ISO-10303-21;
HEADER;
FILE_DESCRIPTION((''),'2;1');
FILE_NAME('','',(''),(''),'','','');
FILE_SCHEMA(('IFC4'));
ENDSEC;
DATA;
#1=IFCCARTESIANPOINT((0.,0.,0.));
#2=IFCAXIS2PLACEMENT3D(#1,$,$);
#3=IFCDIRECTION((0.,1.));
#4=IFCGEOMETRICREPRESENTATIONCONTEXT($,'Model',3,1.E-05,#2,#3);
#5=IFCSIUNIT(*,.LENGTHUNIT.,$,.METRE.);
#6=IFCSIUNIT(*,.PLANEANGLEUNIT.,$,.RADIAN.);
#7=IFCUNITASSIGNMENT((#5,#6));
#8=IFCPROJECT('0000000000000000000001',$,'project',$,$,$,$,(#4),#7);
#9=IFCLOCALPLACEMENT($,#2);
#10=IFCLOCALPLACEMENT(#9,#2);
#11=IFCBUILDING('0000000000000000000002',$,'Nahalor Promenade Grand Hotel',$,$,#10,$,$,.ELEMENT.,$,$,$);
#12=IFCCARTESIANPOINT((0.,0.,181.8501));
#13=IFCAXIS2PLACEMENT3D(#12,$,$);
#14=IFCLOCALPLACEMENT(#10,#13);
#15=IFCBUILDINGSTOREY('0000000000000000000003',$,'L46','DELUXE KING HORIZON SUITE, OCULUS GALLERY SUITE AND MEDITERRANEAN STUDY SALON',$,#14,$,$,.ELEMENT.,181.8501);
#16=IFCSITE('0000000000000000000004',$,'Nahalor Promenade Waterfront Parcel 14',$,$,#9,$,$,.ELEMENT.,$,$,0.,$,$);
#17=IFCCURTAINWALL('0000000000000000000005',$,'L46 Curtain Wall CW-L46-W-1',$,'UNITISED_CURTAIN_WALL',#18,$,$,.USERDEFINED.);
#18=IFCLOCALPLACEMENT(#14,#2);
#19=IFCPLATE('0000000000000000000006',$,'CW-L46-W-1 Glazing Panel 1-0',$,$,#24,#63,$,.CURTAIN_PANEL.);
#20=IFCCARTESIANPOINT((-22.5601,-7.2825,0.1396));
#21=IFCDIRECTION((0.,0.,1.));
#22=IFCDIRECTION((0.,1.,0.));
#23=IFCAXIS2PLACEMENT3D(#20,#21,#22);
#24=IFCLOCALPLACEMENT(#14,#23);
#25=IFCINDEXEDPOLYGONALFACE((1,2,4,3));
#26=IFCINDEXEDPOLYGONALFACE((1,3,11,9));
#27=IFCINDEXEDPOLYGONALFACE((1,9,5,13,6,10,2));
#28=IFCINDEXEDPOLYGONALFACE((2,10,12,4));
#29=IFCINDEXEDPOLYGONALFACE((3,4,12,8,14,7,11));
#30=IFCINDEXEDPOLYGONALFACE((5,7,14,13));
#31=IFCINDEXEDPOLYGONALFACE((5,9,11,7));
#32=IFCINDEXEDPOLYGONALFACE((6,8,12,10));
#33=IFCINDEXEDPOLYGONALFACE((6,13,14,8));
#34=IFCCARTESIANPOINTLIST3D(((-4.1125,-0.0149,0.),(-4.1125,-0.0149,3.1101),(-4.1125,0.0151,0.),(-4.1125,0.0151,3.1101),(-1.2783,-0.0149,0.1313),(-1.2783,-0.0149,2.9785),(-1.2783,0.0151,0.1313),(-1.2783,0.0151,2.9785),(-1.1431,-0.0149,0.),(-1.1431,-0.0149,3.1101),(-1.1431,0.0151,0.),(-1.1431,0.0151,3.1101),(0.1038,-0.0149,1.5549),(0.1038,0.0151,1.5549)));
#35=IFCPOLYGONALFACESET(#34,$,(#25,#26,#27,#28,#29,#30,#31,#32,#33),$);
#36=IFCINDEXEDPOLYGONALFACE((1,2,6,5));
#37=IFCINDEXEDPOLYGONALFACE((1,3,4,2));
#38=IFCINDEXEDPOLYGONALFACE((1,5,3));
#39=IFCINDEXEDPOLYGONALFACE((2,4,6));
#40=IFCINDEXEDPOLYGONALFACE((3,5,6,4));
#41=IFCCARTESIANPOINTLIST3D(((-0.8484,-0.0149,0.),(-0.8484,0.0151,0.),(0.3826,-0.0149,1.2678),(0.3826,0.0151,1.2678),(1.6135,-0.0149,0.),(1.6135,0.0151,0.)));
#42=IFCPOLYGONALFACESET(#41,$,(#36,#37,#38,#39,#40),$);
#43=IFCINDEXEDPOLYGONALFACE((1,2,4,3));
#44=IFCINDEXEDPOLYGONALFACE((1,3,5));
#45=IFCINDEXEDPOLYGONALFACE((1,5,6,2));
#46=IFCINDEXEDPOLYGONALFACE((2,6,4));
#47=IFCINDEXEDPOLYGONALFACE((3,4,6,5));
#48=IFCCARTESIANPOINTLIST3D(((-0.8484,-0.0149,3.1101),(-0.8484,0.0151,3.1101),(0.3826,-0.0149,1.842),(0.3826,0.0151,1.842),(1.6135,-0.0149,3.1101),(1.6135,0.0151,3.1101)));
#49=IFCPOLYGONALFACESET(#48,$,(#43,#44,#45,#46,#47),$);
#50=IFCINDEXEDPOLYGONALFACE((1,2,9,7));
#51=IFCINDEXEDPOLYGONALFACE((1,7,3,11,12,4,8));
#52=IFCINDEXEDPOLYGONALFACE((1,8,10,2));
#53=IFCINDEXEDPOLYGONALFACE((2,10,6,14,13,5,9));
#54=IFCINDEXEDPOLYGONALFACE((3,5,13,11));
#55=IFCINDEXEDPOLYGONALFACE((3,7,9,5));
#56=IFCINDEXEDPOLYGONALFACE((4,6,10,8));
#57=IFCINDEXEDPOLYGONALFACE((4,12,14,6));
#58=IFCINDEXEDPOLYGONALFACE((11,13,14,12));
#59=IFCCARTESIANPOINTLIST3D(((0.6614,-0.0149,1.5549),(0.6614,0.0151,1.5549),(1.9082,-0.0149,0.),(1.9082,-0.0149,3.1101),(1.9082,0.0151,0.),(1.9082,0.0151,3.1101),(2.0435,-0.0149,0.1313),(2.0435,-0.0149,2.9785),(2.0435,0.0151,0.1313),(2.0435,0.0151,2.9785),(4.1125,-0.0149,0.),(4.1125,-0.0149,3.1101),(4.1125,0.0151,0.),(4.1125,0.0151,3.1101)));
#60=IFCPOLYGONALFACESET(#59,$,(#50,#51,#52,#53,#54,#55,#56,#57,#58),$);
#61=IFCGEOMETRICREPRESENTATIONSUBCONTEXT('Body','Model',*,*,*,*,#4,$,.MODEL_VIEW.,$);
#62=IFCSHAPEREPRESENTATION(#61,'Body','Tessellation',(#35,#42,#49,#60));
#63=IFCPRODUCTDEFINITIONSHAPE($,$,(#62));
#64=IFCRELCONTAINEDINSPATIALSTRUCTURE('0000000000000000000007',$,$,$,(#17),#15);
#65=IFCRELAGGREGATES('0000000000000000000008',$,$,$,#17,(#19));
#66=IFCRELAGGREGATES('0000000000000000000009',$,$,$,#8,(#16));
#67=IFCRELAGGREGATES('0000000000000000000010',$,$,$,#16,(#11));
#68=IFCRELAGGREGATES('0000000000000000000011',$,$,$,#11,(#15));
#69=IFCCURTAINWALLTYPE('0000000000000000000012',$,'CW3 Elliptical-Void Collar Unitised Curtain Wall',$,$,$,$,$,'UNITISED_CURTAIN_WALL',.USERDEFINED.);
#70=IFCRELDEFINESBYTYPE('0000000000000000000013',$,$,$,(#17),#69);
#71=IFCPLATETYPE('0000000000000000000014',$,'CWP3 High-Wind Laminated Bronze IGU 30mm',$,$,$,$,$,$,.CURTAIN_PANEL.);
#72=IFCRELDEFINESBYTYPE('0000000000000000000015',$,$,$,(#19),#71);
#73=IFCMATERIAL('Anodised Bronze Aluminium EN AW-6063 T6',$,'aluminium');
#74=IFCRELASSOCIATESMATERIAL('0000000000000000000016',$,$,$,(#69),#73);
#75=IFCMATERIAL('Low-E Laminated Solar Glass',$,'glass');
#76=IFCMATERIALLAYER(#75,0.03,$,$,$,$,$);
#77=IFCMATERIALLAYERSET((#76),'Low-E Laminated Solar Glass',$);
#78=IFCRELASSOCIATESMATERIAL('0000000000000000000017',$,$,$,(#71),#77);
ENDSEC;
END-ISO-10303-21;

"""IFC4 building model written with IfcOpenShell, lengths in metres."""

from ifc_helpers import new_model, si_unit, direction, frame, origin, place, context, subcontext, project, spatial, polyline, outline, extrude, material, layer, layer_set, type_object, element, aggregate, save


model = new_model("IFC4")

# Units and contexts
model_context = context("Model", 3, precision=1e-05, world=origin(), true_north=direction((0.0, 1.0)))
body_context = subcontext(model_context, "Body", "Model", "MODEL_VIEW")
ifc_project = project(units=[si_unit("LENGTHUNIT", "METRE"), si_unit("PLANEANGLEUNIT", "RADIAN")], contexts=[model_context])

# Site, building, storey
site_placement = place(None, origin())
site = spatial("IfcSite", under=ifc_project, at=site_placement, Name="Nahalor Promenade Waterfront Parcel 14", CompositionType="ELEMENT", RefElevation=0.0)
building_placement = place(site_placement, origin())
building = spatial("IfcBuilding", under=site, at=building_placement, Name="Nahalor Promenade Grand Hotel", CompositionType="ELEMENT")
storey_placement = place(building_placement, frame((0.0, 0.0, 181.8501)))
storey = spatial("IfcBuildingStorey", under=building, at=storey_placement, Name="L46", Description="DELUXE KING HORIZON SUITE, OCULUS GALLERY SUITE AND MEDITERRANEAN STUDY SALON", CompositionType="ELEMENT", Elevation=181.8501)

# Curtain wall
ifc_material_1 = material(Name="Anodised Bronze Aluminium EN AW-6063 T6", Category="aluminium")
curtain_wall_type = type_object("IfcCurtainWallType", Name="CW3 Elliptical-Void Collar Unitised Curtain Wall", ElementType="UNITISED_CURTAIN_WALL", PredefinedType="USERDEFINED", material=ifc_material_1)
curtain_wall_1_placement = place(storey_placement, origin())
curtain_wall_1 = element("IfcCurtainWall", 1, at=curtain_wall_1_placement, inside=storey, type_object=curtain_wall_type, Name="L46 Curtain Wall CW-L46-W-1", ObjectType="UNITISED_CURTAIN_WALL", PredefinedType="USERDEFINED")

# Plate
ifc_material_2 = material(Name="Low-E Laminated Solar Glass", Category="glass")
ifc_layer_1 = layer(ifc_material_2, 0.03)
ifc_layer_set_1 = layer_set([ifc_layer_1], Name="Low-E Laminated Solar Glass")
plate_type_1 = type_object("IfcPlateType", Name="CWP3 High-Wind Laminated Bronze IGU 30mm", PredefinedType="CURTAIN_PANEL", material=ifc_layer_set_1)
plate_1_placement = place(storey_placement, frame((-22.5601, -7.2825, 0.1396), z_axis=(0.0, 0.0, 1.0), x_axis=(0.0, 1.0, 0.0)))
plate_1 = element("IfcPlate", 2, at=plate_1_placement, type_object=plate_type_1, Name="CW-L46-W-1 Glazing Panel 1-0", PredefinedType="CURTAIN_PANEL", context=body_context, shape_type="SweptSolid", body=[
    extrude(outline(polyline([(-4.1125, 3.1101), (-4.1125, 0.0), (-1.1431, 0.0), (-1.2783, 0.1313), (0.1038, 1.5549), (-1.2783, 2.9785), (-1.1431, 3.1101), (-4.1125, 3.1101)])), frame((0.0, 0.0151, 0.0), z_axis=(0.0, -1.0, 0.0), x_axis=(1.0, 0.0, 0.0)), (0.0, 0.0, 1.0), 0.03),
    extrude(outline(polyline([(0.3826, 1.2678), (-0.8484, 0.0), (1.6135, 0.0), (0.3826, 1.2678)])), frame((0.0, 0.0151, 0.0), z_axis=(0.0, -1.0, 0.0), x_axis=(1.0, 0.0, 0.0)), (0.0, 0.0, 1.0), 0.03),
    extrude(outline(polyline([(0.3826, 1.842), (1.6135, 3.1101), (-0.8484, 3.1101), (0.3826, 1.842)])), frame((0.0, 0.0151, 0.0), z_axis=(0.0, -1.0, 0.0), x_axis=(1.0, 0.0, 0.0)), (0.0, 0.0, 1.0), 0.03),
    extrude(outline(polyline([(4.1125, 0.0), (4.1125, 3.1101), (1.9082, 3.1101), (2.0435, 2.9785), (0.6614, 1.5549), (2.0435, 0.1313), (1.9082, 0.0), (4.1125, 0.0)])), frame((0.0, 0.0151, 0.0), z_axis=(0.0, -1.0, 0.0), x_axis=(1.0, 0.0, 0.0)), (0.0, 0.0, 1.0), 0.03),
])
aggregate(curtain_wall_1, [plate_1])

save(model, "model.ifc")
